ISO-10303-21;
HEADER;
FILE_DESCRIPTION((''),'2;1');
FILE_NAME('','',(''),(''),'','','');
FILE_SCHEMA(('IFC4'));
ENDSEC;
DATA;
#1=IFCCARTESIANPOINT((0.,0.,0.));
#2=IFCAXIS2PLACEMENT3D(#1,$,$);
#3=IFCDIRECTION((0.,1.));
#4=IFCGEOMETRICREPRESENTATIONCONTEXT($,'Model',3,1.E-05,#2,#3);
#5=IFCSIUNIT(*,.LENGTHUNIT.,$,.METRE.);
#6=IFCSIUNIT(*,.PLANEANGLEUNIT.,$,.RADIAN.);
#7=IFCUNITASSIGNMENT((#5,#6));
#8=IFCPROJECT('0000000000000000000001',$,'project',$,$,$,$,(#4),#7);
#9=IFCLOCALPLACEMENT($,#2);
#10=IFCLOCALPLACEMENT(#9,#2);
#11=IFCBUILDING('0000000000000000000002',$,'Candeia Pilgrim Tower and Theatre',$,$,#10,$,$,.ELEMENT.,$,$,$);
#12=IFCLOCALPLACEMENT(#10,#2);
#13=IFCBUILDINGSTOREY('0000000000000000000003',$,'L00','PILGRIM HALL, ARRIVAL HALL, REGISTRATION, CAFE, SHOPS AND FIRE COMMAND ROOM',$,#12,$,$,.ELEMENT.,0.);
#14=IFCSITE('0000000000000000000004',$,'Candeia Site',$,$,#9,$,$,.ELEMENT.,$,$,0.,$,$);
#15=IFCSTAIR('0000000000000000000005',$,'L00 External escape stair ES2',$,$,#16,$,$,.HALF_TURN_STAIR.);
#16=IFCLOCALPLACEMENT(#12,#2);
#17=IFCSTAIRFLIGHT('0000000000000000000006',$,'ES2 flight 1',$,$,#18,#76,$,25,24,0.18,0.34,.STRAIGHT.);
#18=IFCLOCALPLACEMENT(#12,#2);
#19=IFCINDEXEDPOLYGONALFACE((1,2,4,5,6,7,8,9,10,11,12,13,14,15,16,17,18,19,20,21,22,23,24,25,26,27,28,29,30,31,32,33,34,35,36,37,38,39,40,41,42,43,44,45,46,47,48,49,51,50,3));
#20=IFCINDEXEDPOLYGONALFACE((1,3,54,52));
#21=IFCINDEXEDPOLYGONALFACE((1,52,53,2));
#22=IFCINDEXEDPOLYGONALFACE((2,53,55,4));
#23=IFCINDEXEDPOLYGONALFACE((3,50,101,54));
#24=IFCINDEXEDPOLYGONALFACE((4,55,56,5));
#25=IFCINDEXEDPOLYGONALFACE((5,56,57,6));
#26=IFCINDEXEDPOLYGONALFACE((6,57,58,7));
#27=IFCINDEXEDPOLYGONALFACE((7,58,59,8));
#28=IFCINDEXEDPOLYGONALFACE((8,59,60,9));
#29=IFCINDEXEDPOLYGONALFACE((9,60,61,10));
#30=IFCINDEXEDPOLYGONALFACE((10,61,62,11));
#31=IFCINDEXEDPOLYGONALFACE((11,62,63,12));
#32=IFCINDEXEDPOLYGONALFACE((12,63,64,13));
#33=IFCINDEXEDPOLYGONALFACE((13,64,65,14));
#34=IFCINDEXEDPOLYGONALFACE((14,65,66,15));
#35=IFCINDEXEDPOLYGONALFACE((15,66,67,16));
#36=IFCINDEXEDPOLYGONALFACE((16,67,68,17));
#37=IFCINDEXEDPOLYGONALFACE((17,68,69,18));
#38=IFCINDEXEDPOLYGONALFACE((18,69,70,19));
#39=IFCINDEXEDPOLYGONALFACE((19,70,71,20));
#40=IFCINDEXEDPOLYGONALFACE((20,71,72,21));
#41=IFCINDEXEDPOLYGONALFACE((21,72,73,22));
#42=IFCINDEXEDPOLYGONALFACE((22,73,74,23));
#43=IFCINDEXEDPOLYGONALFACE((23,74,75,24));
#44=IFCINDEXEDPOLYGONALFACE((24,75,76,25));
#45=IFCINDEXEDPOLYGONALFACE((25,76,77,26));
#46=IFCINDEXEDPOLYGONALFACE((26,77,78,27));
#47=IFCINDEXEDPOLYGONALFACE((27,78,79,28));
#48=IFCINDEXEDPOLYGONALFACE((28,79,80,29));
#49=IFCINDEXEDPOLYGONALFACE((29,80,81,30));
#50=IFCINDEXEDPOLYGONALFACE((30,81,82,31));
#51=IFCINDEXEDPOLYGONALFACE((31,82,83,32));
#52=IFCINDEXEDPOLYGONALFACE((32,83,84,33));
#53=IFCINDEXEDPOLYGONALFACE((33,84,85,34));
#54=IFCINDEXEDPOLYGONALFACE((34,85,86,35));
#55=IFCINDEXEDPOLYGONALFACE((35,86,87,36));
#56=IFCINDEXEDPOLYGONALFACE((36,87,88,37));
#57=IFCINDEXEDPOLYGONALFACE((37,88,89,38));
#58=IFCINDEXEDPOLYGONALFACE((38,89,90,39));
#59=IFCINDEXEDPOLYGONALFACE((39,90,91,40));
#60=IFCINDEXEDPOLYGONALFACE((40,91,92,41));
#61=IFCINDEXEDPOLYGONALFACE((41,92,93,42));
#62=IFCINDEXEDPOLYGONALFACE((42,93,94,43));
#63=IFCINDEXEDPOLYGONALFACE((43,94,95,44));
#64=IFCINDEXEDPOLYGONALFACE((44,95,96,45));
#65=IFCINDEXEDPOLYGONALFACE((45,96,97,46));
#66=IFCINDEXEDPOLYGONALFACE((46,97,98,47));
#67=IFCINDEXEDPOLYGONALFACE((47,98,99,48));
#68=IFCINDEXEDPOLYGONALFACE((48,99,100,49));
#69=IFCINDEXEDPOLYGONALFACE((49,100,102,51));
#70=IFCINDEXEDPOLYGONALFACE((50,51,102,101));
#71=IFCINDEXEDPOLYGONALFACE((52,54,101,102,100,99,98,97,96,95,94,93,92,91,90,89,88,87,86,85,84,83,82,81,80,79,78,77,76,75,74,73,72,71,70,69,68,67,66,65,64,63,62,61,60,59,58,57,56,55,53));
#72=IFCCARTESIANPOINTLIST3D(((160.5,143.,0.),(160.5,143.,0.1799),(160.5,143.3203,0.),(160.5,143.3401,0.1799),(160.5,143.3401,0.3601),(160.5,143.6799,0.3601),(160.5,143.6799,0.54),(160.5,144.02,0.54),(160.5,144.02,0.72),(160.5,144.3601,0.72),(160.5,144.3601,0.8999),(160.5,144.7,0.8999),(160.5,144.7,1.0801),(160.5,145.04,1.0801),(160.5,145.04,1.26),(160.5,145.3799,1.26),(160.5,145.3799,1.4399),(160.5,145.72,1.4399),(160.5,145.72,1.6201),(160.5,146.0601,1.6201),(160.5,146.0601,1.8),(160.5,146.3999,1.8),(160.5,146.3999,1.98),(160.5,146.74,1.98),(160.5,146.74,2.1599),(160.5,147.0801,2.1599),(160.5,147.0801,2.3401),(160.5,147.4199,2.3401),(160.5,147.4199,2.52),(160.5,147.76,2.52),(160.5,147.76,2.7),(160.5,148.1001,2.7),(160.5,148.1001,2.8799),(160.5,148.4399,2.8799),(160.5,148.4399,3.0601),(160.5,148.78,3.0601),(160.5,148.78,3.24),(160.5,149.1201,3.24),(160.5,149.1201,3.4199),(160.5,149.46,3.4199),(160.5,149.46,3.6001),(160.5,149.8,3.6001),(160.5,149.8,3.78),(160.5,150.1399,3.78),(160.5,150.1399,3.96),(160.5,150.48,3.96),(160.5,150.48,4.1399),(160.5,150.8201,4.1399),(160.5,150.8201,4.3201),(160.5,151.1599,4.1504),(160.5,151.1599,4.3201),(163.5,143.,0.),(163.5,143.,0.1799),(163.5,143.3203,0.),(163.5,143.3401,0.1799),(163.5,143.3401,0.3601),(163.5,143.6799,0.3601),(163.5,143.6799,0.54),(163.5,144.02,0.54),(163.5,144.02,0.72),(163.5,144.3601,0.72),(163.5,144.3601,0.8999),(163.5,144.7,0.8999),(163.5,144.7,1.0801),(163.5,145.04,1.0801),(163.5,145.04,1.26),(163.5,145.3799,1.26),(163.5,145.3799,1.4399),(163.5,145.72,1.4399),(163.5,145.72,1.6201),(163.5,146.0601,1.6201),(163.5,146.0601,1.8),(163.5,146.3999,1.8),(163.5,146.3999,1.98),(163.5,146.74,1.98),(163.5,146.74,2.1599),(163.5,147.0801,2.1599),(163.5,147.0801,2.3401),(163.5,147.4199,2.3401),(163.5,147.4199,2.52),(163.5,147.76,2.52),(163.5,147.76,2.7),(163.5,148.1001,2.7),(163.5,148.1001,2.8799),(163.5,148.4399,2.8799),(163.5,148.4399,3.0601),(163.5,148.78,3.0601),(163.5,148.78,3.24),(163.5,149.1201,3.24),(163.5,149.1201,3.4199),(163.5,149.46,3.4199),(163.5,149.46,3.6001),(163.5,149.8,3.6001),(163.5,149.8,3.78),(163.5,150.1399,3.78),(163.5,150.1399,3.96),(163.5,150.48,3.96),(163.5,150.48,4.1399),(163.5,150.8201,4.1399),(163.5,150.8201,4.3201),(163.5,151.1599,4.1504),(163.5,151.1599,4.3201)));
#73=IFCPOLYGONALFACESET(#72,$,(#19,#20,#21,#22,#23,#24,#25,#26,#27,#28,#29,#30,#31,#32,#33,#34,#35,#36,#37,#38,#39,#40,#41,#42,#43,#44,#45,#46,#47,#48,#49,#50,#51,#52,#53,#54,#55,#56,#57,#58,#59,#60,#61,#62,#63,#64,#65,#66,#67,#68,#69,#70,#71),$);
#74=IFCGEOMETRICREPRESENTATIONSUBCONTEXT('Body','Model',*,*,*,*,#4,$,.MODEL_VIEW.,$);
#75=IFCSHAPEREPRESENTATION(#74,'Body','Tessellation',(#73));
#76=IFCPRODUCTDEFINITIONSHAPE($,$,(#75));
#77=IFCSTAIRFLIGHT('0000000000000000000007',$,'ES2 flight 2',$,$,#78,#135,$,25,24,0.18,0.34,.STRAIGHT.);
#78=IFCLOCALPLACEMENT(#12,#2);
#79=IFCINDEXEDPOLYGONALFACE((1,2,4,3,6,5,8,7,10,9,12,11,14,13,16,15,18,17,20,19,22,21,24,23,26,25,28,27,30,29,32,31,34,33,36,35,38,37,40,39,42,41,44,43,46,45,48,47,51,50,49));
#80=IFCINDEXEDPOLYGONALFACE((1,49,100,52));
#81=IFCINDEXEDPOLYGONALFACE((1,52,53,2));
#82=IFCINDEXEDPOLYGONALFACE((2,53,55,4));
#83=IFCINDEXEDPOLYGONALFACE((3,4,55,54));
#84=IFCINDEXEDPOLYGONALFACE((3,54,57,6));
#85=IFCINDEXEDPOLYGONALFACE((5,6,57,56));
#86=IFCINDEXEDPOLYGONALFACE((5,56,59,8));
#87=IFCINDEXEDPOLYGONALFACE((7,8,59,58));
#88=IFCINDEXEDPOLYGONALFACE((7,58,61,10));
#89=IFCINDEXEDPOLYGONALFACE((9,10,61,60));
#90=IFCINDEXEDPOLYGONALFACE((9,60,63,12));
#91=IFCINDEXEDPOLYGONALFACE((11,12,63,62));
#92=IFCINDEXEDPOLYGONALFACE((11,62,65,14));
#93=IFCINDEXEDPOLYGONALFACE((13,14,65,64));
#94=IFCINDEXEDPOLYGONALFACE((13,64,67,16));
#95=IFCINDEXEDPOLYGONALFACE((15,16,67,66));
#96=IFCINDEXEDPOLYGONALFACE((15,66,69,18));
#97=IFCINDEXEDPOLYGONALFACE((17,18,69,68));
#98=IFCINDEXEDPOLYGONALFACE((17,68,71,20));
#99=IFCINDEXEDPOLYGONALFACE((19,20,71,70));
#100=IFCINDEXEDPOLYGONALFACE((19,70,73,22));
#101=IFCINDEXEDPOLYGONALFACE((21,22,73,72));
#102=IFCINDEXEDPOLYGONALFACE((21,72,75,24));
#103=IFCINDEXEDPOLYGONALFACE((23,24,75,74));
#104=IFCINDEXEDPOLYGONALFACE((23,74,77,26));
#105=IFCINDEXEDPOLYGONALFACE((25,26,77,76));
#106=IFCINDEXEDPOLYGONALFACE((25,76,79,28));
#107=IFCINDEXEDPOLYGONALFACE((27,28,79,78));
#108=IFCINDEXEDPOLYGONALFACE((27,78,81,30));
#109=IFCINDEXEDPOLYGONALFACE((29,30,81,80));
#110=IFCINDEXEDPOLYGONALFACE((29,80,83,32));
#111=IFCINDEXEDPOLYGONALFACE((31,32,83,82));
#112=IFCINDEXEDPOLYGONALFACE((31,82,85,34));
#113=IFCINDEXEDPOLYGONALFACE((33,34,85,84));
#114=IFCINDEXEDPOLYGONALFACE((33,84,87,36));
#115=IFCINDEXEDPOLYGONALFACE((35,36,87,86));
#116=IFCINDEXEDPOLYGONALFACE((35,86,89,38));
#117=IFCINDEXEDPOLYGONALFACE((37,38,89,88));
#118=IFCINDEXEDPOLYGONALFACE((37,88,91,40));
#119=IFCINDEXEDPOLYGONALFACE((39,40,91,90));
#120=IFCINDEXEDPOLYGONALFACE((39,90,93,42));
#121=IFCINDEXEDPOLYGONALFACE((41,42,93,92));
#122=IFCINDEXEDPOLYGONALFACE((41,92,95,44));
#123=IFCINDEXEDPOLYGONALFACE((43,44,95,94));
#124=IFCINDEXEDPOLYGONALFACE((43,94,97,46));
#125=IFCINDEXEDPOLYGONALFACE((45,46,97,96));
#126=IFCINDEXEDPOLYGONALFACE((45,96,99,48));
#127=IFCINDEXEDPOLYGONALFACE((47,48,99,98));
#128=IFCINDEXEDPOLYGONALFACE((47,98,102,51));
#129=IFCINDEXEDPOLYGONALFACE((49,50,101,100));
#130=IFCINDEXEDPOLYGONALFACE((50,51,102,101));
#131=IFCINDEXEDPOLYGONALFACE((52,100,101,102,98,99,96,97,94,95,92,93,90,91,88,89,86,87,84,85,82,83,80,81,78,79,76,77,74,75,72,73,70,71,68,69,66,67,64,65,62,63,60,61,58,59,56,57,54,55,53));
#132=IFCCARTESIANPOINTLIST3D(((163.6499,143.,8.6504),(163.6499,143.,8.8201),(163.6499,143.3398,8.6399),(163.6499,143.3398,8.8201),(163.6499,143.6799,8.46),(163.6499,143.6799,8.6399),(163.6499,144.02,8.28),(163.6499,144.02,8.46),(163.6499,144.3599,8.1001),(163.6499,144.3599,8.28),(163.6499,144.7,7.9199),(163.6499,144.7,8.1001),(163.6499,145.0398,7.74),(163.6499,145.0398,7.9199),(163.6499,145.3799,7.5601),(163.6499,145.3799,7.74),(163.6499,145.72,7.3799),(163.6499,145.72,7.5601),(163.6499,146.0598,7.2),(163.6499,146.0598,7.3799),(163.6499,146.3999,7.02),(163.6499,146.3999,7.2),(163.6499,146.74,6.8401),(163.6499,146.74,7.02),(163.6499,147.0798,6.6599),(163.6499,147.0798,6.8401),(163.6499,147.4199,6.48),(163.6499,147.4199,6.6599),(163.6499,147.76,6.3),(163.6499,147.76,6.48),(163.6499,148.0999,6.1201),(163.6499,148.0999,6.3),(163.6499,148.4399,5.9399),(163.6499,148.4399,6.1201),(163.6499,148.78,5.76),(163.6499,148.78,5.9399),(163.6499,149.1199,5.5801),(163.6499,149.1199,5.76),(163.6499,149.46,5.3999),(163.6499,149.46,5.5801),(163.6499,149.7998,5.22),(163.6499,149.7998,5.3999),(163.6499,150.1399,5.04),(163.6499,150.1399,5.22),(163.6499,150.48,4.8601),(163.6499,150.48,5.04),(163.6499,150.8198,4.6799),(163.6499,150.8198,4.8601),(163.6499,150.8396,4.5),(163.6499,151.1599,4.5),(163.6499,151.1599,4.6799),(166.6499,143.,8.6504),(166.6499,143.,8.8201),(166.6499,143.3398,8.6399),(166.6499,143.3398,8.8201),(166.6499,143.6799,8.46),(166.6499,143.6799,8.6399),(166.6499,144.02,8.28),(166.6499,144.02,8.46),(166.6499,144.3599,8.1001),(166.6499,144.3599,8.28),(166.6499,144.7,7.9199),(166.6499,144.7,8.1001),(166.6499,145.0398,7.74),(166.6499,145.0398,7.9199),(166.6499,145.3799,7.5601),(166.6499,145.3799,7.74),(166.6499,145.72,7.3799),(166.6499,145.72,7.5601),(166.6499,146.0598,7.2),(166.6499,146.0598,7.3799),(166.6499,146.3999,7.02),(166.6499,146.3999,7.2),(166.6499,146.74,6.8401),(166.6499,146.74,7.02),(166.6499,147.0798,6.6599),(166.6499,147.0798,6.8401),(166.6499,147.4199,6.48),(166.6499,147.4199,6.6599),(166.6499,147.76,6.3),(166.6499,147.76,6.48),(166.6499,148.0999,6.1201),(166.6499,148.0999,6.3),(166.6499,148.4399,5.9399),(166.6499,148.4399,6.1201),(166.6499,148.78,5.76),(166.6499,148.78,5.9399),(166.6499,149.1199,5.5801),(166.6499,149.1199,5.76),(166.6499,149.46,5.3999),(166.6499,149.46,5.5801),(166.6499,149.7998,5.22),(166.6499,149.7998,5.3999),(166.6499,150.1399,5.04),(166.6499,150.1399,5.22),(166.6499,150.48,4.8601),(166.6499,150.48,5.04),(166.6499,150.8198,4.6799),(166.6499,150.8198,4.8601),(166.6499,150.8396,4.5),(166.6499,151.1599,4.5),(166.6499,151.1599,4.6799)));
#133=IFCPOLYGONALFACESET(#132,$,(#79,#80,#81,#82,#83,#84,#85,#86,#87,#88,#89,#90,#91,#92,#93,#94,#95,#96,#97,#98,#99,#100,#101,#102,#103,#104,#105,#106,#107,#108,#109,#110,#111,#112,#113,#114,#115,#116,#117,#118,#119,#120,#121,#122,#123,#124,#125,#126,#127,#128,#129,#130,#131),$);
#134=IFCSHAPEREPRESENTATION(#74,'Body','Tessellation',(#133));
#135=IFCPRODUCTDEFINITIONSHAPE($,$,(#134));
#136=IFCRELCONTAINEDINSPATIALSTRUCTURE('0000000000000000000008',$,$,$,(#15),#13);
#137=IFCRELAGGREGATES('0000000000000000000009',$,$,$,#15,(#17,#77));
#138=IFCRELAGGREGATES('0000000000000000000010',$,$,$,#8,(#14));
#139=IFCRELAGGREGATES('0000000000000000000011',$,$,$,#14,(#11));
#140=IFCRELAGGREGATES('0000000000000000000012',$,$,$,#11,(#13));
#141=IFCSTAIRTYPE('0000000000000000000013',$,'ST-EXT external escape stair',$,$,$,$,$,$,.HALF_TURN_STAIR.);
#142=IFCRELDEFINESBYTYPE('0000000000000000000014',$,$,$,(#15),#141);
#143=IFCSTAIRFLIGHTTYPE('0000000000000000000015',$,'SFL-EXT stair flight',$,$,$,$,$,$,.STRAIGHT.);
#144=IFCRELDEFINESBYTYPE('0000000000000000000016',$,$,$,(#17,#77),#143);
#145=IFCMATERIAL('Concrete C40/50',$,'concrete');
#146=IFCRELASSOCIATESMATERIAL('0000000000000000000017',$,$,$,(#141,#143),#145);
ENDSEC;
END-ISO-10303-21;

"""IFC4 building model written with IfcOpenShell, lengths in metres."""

from ifc_helpers import new_model, si_unit, direction, frame, origin, place, context, subcontext, project, spatial, polyline, outline, extrude, material, type_object, element, aggregate, save


model = new_model("IFC4")

# Units and contexts
model_context = context("Model", 3, precision=1e-05, world=origin(), true_north=direction((0.0, 1.0)))
body_context = subcontext(model_context, "Body", "Model", "MODEL_VIEW")
ifc_project = project(units=[si_unit("LENGTHUNIT", "METRE"), si_unit("PLANEANGLEUNIT", "RADIAN")], contexts=[model_context])

# Site, building, storey
site_placement = place(None, origin())
site = spatial("IfcSite", under=ifc_project, at=site_placement, Name="Candeia Site", CompositionType="ELEMENT", RefElevation=0.0)
building_placement = place(site_placement, origin())
building = spatial("IfcBuilding", under=site, at=building_placement, Name="Candeia Pilgrim Tower and Theatre", CompositionType="ELEMENT")
storey_placement = place(building_placement, origin())
storey = spatial("IfcBuildingStorey", under=building, at=storey_placement, Name="L00", Description="PILGRIM HALL, ARRIVAL HALL, REGISTRATION, CAFE, SHOPS AND FIRE COMMAND ROOM", CompositionType="ELEMENT", Elevation=0.0)

# Shared definitions
ifc_material_1 = material(Name="Concrete C40/50", Category="concrete")

# Stair, stair flights
stair_type = type_object("IfcStairType", Name="ST-EXT external escape stair", PredefinedType="HALF_TURN_STAIR", material=ifc_material_1)
stair_placement = place(storey_placement, origin())
stair = element("IfcStair", 1, at=stair_placement, inside=storey, type_object=stair_type, Name="L00 External escape stair ES2", PredefinedType="HALF_TURN_STAIR")
stair_flight_type = type_object("IfcStairFlightType", Name="SFL-EXT stair flight", PredefinedType="STRAIGHT", material=ifc_material_1)
stair_flight_1_placement = place(storey_placement, frame((162.0, 143.0, 0.0), z_axis=(0.0, 0.0, 1.0), x_axis=(0.0, 1.0, 0.0)))
stair_flight_1 = element("IfcStairFlight", 2, at=stair_flight_1_placement, type_object=stair_flight_type, Name="ES2 flight 1", NumberOfRisers=25, NumberOfTreads=24, PredefinedType="STRAIGHT", RiserHeight=0.18, TreadLength=0.34, context=body_context, shape_type="SweptSolid", body=[
    extrude(outline(polyline([(0.0, 0.0), (0.0, 0.1799), (0.3401, 0.1799), (0.3401, 0.3601), (0.6799, 0.3601), (0.6799, 0.54), (1.02, 0.54), (1.02, 0.72), (1.3601, 0.72), (1.3601, 0.8999), (1.7, 0.8999), (1.7, 1.0801), (2.04, 1.0801), (2.04, 1.26), (2.3799, 1.26), (2.3799, 1.4399), (2.72, 1.4399), (2.72, 1.6201), (3.0601, 1.6201), (3.0601, 1.8), (3.3999, 1.8), (3.3999, 1.98), (3.74, 1.98), (3.74, 2.1599), (4.0801, 2.1599), (4.0801, 2.3401), (4.4199, 2.3401), (4.4199, 2.52), (4.76, 2.52), (4.76, 2.7), (5.1001, 2.7), (5.1001, 2.8799), (5.4399, 2.8799), (5.4399, 3.0601), (5.78, 3.0601), (5.78, 3.24), (6.1201, 3.24), (6.1201, 3.4199), (6.46, 3.4199), (6.46, 3.6001), (6.8, 3.6001), (6.8, 3.78), (7.1399, 3.78), (7.1399, 3.96), (7.48, 3.96), (7.48, 4.1399), (7.8201, 4.1399), (7.8201, 4.3201), (8.1599, 4.3201), (8.1599, 4.5), (8.1599, 4.1504), (0.3203, 0.0), (0.0, 0.0)])), frame((0.0, 1.5, 0.0), z_axis=(0.0, -1.0, 0.0), x_axis=(1.0, 0.0, 0.0)), (0.0, 0.0, 1.0), 3.0),
])
stair_flight_2_placement = place(storey_placement, frame((165.1499, 151.1599, 4.5), z_axis=(0.0, 0.0, 1.0), x_axis=(0.0, -1.0, 0.0)))
stair_flight_2 = element("IfcStairFlight", 3, at=stair_flight_2_placement, type_object=stair_flight_type, Name="ES2 flight 2", NumberOfRisers=25, NumberOfTreads=24, PredefinedType="STRAIGHT", RiserHeight=0.18, TreadLength=0.34, context=body_context, shape_type="SweptSolid", body=[
    extrude(outline(polyline([(0.0, 0.0), (0.0, 0.1799), (0.3401, 0.1799), (0.3401, 0.3601), (0.6799, 0.3601), (0.6799, 0.54), (1.02, 0.54), (1.02, 0.72), (1.3601, 0.72), (1.3601, 0.8999), (1.7, 0.8999), (1.7, 1.0801), (2.04, 1.0801), (2.04, 1.26), (2.3799, 1.26), (2.3799, 1.4399), (2.72, 1.4399), (2.72, 1.6201), (3.0601, 1.6201), (3.0601, 1.8), (3.3999, 1.8), (3.3999, 1.98), (3.74, 1.98), (3.74, 2.1599), (4.0801, 2.1599), (4.0801, 2.3401), (4.4199, 2.3401), (4.4199, 2.52), (4.76, 2.52), (4.76, 2.7), (5.1001, 2.7), (5.1001, 2.8799), (5.4399, 2.8799), (5.4399, 3.0601), (5.78, 3.0601), (5.78, 3.24), (6.1201, 3.24), (6.1201, 3.4199), (6.46, 3.4199), (6.46, 3.6001), (6.8, 3.6001), (6.8, 3.78), (7.1399, 3.78), (7.1399, 3.96), (7.48, 3.96), (7.48, 4.1399), (7.8201, 4.1399), (7.8201, 4.3201), (8.1599, 4.3201), (8.1599, 4.5), (8.1599, 4.1504), (0.3203, 0.0), (0.0, 0.0)])), frame((0.0, 1.5, 0.0), z_axis=(0.0, -1.0, 0.0), x_axis=(1.0, 0.0, 0.0)), (0.0, 0.0, 1.0), 3.0),
])
aggregate(stair, [stair_flight_1, stair_flight_2])

save(model, "model.ifc")
